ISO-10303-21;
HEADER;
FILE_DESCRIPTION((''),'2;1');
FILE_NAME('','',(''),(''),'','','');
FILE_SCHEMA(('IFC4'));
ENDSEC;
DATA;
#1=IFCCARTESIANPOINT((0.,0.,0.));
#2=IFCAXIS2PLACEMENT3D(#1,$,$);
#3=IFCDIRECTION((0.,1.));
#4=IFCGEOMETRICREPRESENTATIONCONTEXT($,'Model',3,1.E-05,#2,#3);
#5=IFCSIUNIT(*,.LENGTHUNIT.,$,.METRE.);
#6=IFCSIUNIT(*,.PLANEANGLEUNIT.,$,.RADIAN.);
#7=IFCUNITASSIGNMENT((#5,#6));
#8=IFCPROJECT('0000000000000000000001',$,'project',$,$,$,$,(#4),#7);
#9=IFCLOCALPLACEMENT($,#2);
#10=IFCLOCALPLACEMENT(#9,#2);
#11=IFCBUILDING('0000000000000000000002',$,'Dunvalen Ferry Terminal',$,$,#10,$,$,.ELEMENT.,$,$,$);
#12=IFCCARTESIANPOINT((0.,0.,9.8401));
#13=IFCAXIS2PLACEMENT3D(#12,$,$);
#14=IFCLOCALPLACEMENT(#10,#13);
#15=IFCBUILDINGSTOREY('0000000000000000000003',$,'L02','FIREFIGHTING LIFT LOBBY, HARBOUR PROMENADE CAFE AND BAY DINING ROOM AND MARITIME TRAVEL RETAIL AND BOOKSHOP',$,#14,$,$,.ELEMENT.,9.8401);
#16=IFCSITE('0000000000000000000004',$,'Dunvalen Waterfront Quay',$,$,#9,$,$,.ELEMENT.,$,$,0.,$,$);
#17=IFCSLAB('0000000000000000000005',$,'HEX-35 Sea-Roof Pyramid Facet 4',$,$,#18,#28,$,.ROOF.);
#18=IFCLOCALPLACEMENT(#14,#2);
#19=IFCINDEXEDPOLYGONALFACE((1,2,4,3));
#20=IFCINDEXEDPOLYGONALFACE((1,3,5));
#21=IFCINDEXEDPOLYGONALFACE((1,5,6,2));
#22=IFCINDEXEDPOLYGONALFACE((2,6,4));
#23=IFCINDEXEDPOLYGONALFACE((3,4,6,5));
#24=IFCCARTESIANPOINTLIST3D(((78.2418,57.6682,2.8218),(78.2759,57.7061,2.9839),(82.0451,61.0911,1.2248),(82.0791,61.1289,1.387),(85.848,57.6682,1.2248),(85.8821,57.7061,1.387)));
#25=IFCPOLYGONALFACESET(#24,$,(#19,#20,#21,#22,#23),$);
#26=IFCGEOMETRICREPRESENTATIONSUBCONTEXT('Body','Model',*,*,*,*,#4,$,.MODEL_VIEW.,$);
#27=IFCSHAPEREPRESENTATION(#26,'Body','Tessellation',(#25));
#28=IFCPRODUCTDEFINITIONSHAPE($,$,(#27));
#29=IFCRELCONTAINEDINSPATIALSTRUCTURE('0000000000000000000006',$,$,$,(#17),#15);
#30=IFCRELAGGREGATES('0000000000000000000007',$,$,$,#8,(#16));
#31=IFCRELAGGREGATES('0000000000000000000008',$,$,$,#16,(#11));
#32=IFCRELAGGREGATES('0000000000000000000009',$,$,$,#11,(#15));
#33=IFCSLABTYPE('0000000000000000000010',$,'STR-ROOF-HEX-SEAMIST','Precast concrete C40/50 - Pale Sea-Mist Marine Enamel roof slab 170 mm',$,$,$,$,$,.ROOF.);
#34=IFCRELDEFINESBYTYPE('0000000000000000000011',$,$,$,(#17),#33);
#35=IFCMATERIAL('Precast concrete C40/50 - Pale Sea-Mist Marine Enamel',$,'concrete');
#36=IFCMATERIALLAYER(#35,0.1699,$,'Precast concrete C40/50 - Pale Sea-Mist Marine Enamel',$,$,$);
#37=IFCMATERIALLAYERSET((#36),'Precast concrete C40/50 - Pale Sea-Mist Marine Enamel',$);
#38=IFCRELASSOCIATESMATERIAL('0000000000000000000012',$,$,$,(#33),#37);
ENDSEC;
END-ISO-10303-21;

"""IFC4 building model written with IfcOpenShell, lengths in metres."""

from ifc_helpers import new_model, si_unit, direction, frame, origin, place, context, subcontext, project, spatial, polyline, outline, extrude, material, layer, layer_set, type_object, element, save


model = new_model("IFC4")

# Units and contexts
model_context = context("Model", 3, precision=1e-05, world=origin(), true_north=direction((0.0, 1.0)))
body_context = subcontext(model_context, "Body", "Model", "MODEL_VIEW")
ifc_project = project(units=[si_unit("LENGTHUNIT", "METRE"), si_unit("PLANEANGLEUNIT", "RADIAN")], contexts=[model_context])

# Site, building, storey
site_placement = place(None, origin())
site = spatial("IfcSite", under=ifc_project, at=site_placement, Name="Dunvalen Waterfront Quay", CompositionType="ELEMENT", RefElevation=0.0)
building_placement = place(site_placement, origin())
building = spatial("IfcBuilding", under=site, at=building_placement, Name="Dunvalen Ferry Terminal", CompositionType="ELEMENT")
storey_placement = place(building_placement, frame((0.0, 0.0, 9.8401)))
storey = spatial("IfcBuildingStorey", under=building, at=storey_placement, Name="L02", Description="FIREFIGHTING LIFT LOBBY, HARBOUR PROMENADE CAFE AND BAY DINING ROOM AND MARITIME TRAVEL RETAIL AND BOOKSHOP", CompositionType="ELEMENT", Elevation=9.8401)

# Slab
ifc_material_1 = material(Name="Precast concrete C40/50 - Pale Sea-Mist Marine Enamel", Category="concrete")
ifc_layer_1 = layer(ifc_material_1, 0.1699, Name="Precast concrete C40/50 - Pale Sea-Mist Marine Enamel")
ifc_layer_set_1 = layer_set([ifc_layer_1], Name="Precast concrete C40/50 - Pale Sea-Mist Marine Enamel")
slab_type_1 = type_object("IfcSlabType", Name="STR-ROOF-HEX-SEAMIST", Description="Precast concrete C40/50 - Pale Sea-Mist Marine Enamel roof slab 170 mm", PredefinedType="ROOF", material=ifc_layer_set_1)
slab_1_placement = place(storey_placement, frame((85.8821, 57.7061, 1.387), z_axis=(0.200317, 0.222563, 0.954117), x_axis=(-0.743278, 0.668983, 0.0)))
element("IfcSlab", 1, at=slab_1_placement, inside=storey, type_object=slab_type_1, Name="HEX-35 Sea-Roof Pyramid Facet 4", PredefinedType="ROOF", context=body_context, shape_type="SweptSolid", body=[
    extrude(outline(polyline([(0.0, 0.0), (5.1165, 0.0), (5.6535, 5.3331), (0.0, 0.0)])), origin(), (0.0, 0.0, -1.0), 0.1699),
])

save(model, "model.ifc")
